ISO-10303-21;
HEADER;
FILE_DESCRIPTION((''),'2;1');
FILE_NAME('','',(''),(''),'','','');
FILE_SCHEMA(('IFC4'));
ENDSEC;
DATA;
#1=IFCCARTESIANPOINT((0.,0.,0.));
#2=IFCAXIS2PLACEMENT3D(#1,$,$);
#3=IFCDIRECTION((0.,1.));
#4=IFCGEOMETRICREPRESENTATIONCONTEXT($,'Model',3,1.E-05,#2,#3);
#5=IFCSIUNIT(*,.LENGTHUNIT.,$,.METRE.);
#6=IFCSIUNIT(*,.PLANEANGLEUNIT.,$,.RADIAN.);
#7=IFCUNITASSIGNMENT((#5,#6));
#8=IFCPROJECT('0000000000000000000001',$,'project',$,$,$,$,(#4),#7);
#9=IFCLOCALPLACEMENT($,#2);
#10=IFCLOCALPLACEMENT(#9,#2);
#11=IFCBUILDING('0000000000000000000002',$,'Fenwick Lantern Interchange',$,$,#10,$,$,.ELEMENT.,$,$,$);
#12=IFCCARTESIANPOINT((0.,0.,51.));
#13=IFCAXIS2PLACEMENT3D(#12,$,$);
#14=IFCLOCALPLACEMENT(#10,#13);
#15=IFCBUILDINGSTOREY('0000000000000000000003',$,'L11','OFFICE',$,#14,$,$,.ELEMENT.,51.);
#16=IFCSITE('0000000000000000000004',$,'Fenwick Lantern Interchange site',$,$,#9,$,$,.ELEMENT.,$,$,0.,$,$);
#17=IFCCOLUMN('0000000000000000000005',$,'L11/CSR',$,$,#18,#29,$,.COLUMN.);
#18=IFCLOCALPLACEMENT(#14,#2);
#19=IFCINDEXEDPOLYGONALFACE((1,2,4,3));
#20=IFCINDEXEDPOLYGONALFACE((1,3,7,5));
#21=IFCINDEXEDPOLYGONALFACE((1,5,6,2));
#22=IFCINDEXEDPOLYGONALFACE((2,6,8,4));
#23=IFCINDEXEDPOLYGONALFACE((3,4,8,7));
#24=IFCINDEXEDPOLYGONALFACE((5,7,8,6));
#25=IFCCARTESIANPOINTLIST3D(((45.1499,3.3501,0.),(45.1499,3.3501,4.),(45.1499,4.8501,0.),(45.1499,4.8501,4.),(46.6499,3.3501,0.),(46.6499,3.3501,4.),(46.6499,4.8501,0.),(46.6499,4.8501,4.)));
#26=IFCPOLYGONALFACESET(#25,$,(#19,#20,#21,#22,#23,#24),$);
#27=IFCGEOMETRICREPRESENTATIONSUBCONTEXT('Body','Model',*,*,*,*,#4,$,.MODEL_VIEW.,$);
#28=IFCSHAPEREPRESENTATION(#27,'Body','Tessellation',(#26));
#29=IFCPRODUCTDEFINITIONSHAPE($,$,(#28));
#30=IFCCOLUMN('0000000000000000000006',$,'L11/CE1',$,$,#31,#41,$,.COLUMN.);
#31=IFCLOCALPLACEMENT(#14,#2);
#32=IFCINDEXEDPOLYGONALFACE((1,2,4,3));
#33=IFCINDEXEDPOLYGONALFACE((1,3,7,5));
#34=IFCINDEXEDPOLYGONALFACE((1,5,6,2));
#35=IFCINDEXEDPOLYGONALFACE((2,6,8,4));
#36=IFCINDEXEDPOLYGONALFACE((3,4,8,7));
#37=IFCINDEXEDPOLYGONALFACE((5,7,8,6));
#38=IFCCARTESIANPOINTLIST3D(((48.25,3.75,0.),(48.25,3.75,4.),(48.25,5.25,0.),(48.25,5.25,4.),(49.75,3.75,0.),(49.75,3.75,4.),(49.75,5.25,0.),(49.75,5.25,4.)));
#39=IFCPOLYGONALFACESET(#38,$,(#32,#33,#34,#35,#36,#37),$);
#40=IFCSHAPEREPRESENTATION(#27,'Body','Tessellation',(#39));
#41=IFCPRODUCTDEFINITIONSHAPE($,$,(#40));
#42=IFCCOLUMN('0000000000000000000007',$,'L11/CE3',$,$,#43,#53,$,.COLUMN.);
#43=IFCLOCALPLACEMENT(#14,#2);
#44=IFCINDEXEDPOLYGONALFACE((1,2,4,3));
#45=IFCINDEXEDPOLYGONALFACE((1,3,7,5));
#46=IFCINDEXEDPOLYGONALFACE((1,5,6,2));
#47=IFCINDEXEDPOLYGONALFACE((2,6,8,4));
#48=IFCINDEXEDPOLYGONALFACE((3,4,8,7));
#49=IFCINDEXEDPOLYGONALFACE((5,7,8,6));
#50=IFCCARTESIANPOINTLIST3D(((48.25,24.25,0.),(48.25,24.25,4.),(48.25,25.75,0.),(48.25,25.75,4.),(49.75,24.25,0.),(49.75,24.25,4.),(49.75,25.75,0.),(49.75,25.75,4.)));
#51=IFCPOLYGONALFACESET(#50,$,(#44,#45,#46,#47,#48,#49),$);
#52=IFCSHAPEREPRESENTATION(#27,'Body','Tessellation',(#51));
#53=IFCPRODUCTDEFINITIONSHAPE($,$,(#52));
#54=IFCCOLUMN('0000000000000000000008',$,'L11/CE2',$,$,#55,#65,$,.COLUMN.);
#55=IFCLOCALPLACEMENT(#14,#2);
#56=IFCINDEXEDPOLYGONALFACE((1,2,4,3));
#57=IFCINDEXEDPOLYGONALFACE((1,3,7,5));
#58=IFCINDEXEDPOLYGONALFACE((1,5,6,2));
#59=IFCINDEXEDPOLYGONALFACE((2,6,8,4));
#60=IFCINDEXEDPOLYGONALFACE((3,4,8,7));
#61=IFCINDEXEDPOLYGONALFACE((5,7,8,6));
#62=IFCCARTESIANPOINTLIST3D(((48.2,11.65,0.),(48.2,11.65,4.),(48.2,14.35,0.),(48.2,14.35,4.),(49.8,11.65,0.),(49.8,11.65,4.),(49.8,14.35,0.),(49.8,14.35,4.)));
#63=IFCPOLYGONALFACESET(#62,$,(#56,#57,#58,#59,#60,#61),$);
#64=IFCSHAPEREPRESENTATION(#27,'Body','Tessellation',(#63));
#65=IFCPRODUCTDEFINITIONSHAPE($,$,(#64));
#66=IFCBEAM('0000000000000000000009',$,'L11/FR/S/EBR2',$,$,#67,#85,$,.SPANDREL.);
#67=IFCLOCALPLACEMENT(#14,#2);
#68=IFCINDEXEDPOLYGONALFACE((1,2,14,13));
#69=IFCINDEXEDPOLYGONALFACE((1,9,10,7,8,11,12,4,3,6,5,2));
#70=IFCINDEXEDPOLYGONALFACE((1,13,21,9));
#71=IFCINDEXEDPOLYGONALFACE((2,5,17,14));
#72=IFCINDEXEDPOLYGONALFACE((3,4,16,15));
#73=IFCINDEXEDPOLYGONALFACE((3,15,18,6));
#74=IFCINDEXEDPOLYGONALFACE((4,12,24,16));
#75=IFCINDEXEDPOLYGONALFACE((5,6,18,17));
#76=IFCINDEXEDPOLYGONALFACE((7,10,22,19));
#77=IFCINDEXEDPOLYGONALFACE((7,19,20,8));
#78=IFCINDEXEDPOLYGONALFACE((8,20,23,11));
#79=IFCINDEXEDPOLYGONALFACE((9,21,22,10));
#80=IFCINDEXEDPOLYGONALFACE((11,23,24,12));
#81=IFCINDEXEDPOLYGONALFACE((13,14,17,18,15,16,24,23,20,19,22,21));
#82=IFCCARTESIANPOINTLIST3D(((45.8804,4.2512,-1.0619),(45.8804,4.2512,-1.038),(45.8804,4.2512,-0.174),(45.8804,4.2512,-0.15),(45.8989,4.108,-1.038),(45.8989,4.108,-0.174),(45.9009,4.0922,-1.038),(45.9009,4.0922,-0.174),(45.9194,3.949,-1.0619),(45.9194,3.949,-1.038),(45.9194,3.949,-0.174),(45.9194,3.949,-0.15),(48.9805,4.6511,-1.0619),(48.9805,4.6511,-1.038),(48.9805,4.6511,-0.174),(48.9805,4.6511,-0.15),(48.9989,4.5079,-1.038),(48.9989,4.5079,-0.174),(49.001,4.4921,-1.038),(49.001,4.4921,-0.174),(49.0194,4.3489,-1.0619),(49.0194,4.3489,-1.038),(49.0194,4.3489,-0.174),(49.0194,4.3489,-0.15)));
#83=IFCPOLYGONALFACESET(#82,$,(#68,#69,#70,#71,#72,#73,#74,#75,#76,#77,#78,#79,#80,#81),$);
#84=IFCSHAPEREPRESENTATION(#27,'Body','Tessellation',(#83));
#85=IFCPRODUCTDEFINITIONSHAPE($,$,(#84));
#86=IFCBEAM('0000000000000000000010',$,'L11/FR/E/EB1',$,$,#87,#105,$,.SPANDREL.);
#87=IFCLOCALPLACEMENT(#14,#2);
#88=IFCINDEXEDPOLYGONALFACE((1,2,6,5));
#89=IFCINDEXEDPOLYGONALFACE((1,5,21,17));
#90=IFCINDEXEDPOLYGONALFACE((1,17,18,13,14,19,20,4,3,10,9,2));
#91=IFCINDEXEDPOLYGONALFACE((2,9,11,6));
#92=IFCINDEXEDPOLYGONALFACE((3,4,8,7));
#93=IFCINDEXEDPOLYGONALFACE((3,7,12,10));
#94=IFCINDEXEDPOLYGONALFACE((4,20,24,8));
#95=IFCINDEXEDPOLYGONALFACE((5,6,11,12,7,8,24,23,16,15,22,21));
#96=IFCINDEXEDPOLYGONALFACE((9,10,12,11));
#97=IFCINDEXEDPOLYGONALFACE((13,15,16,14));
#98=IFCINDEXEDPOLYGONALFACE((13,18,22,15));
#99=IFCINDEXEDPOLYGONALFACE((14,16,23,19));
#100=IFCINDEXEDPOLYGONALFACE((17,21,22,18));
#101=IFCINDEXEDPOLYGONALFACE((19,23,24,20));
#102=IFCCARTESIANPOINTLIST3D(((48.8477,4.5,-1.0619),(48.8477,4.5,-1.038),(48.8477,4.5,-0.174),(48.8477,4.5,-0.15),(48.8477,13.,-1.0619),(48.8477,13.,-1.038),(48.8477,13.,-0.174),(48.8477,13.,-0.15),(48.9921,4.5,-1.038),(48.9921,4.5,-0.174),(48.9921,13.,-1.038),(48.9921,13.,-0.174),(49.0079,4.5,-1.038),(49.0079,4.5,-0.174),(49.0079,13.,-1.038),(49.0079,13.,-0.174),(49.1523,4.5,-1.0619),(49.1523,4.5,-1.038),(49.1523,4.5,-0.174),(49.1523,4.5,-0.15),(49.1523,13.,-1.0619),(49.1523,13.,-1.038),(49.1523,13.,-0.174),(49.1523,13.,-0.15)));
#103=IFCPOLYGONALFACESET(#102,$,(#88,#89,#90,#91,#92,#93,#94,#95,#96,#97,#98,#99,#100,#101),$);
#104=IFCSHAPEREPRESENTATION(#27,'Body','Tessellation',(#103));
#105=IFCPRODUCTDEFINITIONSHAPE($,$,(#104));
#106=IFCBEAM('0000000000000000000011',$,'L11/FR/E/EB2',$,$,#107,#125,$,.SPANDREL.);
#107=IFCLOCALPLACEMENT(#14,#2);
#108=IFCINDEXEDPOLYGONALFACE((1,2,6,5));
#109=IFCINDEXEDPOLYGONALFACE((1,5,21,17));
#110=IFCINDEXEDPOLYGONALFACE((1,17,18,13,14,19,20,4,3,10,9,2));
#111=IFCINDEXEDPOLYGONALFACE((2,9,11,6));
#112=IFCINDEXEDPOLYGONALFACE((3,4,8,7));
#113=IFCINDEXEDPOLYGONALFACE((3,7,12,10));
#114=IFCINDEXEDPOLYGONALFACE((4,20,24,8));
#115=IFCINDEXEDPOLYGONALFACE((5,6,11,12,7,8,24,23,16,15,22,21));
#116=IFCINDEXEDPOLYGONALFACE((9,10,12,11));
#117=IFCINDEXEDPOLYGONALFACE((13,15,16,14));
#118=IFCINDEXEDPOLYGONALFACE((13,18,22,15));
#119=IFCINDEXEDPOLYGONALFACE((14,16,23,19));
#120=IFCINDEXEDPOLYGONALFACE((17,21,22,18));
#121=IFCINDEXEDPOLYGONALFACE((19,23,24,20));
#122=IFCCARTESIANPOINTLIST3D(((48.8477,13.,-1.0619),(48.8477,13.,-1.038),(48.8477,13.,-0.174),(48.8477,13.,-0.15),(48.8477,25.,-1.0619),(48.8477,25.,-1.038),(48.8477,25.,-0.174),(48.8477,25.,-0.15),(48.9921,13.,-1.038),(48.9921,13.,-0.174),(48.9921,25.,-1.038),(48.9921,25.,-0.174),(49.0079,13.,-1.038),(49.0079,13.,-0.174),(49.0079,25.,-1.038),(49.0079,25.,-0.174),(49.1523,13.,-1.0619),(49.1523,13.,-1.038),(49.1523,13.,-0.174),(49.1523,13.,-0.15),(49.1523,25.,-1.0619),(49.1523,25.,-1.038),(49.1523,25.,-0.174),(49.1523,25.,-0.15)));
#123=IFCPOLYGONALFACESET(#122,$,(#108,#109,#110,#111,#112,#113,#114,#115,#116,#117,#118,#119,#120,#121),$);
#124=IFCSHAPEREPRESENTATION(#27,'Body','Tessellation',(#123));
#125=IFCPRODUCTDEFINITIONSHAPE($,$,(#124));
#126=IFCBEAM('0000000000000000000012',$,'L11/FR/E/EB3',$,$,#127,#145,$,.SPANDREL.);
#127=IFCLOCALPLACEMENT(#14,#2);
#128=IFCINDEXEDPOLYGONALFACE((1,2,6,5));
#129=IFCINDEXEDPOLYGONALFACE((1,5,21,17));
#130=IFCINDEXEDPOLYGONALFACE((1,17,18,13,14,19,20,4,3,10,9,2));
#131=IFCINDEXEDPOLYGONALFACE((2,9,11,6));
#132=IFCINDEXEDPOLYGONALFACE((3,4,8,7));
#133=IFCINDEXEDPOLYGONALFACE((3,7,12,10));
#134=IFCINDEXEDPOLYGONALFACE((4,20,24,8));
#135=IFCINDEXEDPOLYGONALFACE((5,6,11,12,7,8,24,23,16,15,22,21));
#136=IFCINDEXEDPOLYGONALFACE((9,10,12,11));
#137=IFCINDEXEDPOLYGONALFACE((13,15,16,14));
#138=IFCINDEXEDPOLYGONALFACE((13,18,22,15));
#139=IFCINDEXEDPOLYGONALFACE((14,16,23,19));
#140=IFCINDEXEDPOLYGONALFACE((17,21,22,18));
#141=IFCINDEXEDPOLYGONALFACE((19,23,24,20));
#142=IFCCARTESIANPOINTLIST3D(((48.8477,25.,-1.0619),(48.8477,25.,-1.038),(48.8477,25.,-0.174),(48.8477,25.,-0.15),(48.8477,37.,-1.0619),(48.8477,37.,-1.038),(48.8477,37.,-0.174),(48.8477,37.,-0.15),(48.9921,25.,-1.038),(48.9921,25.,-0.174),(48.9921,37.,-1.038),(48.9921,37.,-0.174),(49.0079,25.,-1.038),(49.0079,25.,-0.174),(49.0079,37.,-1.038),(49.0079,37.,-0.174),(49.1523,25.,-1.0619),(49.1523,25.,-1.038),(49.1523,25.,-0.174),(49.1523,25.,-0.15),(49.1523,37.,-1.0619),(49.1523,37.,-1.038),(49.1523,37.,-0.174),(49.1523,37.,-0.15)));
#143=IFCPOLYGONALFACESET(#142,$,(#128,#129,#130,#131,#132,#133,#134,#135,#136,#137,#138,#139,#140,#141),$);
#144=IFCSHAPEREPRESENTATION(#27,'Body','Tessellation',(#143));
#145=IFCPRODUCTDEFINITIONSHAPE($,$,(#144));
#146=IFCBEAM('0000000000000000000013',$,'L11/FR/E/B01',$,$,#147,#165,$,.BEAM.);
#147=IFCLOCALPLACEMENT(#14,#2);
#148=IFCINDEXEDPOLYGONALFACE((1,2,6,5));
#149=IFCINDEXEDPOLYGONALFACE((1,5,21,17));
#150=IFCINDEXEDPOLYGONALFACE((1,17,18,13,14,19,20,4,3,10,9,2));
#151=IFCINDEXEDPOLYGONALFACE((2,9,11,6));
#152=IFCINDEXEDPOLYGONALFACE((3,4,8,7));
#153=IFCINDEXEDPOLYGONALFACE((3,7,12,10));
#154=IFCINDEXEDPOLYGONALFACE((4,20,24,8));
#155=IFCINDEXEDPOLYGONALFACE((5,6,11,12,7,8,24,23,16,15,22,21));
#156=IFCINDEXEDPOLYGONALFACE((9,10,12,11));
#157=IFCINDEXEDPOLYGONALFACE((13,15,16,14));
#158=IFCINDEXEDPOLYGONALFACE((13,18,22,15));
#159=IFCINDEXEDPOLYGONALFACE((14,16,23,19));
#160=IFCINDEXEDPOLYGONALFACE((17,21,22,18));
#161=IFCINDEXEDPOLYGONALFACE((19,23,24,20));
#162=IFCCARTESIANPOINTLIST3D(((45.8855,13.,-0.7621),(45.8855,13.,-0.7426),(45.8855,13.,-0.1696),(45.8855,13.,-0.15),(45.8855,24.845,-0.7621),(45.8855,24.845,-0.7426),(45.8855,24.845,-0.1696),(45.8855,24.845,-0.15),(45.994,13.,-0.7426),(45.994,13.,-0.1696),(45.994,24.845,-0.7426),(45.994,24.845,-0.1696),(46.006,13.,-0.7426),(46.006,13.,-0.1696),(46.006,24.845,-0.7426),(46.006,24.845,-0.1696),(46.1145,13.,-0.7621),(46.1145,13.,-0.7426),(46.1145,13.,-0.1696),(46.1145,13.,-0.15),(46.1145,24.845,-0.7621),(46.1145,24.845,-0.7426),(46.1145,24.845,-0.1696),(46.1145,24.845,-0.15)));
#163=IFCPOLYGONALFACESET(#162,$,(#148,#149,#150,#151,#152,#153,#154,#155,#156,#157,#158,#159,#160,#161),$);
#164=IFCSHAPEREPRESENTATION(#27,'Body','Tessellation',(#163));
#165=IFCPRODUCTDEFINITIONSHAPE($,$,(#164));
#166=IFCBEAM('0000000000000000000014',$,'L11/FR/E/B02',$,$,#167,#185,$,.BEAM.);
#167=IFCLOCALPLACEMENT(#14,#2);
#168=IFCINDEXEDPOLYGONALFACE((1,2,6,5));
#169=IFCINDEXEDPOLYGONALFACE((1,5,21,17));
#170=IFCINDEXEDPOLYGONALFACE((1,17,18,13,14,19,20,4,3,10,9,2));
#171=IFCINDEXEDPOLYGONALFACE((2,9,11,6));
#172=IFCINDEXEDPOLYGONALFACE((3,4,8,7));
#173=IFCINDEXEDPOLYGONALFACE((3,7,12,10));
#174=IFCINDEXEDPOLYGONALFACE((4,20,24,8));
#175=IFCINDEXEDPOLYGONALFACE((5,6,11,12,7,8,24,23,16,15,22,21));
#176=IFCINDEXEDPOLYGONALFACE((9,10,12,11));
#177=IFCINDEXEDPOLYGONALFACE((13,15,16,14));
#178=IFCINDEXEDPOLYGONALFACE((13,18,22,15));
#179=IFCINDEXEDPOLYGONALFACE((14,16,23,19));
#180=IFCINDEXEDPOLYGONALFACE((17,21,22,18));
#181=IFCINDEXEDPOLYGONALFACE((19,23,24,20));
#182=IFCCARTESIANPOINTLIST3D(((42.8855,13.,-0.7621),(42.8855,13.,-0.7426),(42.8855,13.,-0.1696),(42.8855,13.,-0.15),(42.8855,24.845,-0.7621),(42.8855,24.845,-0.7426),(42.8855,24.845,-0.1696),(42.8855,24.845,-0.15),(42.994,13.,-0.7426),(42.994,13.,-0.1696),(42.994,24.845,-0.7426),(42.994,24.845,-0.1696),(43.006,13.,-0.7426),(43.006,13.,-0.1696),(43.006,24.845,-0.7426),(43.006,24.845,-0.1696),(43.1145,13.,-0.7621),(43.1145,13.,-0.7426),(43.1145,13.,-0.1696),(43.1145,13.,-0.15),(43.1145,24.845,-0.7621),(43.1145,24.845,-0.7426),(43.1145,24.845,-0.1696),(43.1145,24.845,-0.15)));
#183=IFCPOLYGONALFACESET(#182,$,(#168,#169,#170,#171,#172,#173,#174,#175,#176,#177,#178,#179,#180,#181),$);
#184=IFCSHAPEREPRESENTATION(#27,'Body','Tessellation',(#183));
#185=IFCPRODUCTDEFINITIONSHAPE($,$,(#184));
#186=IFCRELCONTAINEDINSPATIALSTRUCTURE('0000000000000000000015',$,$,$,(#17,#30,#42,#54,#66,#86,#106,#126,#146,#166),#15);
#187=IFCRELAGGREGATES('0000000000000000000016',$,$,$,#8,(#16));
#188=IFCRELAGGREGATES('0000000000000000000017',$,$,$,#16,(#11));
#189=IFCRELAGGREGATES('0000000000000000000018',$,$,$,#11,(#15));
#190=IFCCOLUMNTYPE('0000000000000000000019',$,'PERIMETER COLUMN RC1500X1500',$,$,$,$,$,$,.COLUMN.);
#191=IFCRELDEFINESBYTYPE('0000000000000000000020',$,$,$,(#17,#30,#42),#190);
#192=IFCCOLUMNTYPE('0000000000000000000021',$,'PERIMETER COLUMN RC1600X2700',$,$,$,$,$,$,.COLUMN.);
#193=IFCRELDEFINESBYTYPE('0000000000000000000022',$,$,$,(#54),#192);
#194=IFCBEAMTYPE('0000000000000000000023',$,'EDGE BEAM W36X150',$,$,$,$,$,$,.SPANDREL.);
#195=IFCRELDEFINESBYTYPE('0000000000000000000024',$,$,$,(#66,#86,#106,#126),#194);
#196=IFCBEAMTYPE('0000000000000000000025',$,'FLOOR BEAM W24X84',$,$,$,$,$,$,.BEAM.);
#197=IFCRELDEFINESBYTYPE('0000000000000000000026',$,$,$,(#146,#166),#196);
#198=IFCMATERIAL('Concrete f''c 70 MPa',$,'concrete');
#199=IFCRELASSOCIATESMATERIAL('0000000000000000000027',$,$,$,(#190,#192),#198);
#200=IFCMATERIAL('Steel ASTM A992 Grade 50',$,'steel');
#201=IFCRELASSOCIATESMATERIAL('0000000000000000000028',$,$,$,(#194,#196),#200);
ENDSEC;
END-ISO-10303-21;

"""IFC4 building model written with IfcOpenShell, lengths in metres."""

from ifc_helpers import new_model, si_unit, direction, frame, origin, origin_2d, place, context, subcontext, project, spatial, rectangle, i_section, extrude, material, material_profile, profile_set, type_object, element, save


model = new_model("IFC4")

# Units and contexts
model_context = context("Model", 3, precision=1e-05, world=origin(), true_north=direction((0.0, 1.0)))
body_context = subcontext(model_context, "Body", "Model", "MODEL_VIEW")
ifc_project = project(units=[si_unit("LENGTHUNIT", "METRE"), si_unit("PLANEANGLEUNIT", "RADIAN")], contexts=[model_context])

# Site, building, storey
site_placement = place(None, origin())
site = spatial("IfcSite", under=ifc_project, at=site_placement, Name="Fenwick Lantern Interchange site", CompositionType="ELEMENT", RefElevation=0.0)
building_placement = place(site_placement, origin())
building = spatial("IfcBuilding", under=site, at=building_placement, Name="Fenwick Lantern Interchange", CompositionType="ELEMENT")
storey_placement = place(building_placement, frame((0.0, 0.0, 51.0)))
storey = spatial("IfcBuildingStorey", under=building, at=storey_placement, Name="L11", Description="OFFICE", CompositionType="ELEMENT", Elevation=51.0)

# Columns
ifc_material_1 = material(Name="Concrete f'c 70 MPa", Category="concrete")
ifc_material_profile_1 = material_profile(ifc_material_1, rectangle(XDim=1.5, YDim=1.5, at=origin_2d()), Name="RC1500X1500")
ifc_profile_set_1 = profile_set([ifc_material_profile_1], Name="Concrete f'c 70 MPa")
column_type_1 = type_object("IfcColumnType", Name="PERIMETER COLUMN RC1500X1500", PredefinedType="COLUMN", material=ifc_profile_set_1)
for number, where, z_axis, x_axis, name in (
    (1, (45.8999, 4.1001, 0.0), (0.0, 0.0, 1.0), (1.0, 0.0, 0.0), "L11/CSR"),
    (2, (49.0, 4.5, 0.0), (0.0, 0.0, 1.0), (1.0, 0.0, 0.0), "L11/CE1"),
    (3, (49.0, 25.0, 0.0), (0.0, 0.0, 1.0), (1.0, 0.0, 0.0), "L11/CE3"),
):
    element("IfcColumn", number, at=place(storey_placement, frame(where, z_axis=z_axis, x_axis=x_axis)), inside=storey, type_object=column_type_1, Name=name, PredefinedType="COLUMN", context=body_context, shape_type="SweptSolid", body=[
        extrude(rectangle(XDim=1.5, YDim=1.5, at=origin_2d()), origin(), (0.0, 0.0, 1.0), 4.0),
    ])
ifc_material_profile_2 = material_profile(ifc_material_1, rectangle(XDim=1.6001, YDim=2.7, at=origin_2d()), Name="RC1600X2700")
ifc_profile_set_2 = profile_set([ifc_material_profile_2], Name="Concrete f'c 70 MPa")
column_type_2 = type_object("IfcColumnType", Name="PERIMETER COLUMN RC1600X2700", PredefinedType="COLUMN", material=ifc_profile_set_2)
column_placement = place(storey_placement, frame((49.0, 13.0, 0.0), z_axis=(0.0, 0.0, 1.0), x_axis=(1.0, 0.0, 0.0)))
element("IfcColumn", 4, at=column_placement, inside=storey, type_object=column_type_2, Name="L11/CE2", PredefinedType="COLUMN", context=body_context, shape_type="SweptSolid", body=[
    extrude(rectangle(XDim=1.6001, YDim=2.7, at=origin_2d()), origin(), (0.0, 0.0, 1.0), 4.0),
])

# Beams
ifc_material_2 = material(Name="Steel ASTM A992 Grade 50", Category="steel")
ifc_material_profile_3 = material_profile(ifc_material_2, i_section(OverallWidth=0.3047, OverallDepth=0.9119, WebThickness=0.0159, FlangeThickness=0.0239, at=origin_2d()), Name="W36X150")
ifc_profile_set_3 = profile_set([ifc_material_profile_3], Name="Steel ASTM A992 Grade 50")
beam_type_1 = type_object("IfcBeamType", Name="EDGE BEAM W36X150", PredefinedType="SPANDREL", material=ifc_profile_set_3)
beam_1_placement = place(storey_placement, frame((45.8999, 4.1001, -0.606), z_axis=(0.991782, 0.127937, 0.0), x_axis=(-0.127937, 0.991782, 0.0)))
element("IfcBeam", 5, at=beam_1_placement, inside=storey, type_object=beam_type_1, Name="L11/FR/S/EBR2", PredefinedType="SPANDREL", context=body_context, shape_type="SweptSolid", body=[
    extrude(i_section(OverallWidth=0.3047, OverallDepth=0.9119, WebThickness=0.0159, FlangeThickness=0.0239, at=origin_2d()), origin(), (0.0, 0.0, 1.0), 3.1257),
])
beam_2_placement = place(storey_placement, frame((49.0, 4.5, -0.606), z_axis=(0.0, 1.0, 0.0), x_axis=(-1.0, 0.0, 0.0)))
element("IfcBeam", 6, at=beam_2_placement, inside=storey, type_object=beam_type_1, Name="L11/FR/E/EB1", PredefinedType="SPANDREL", context=body_context, shape_type="SweptSolid", body=[
    extrude(i_section(OverallWidth=0.3047, OverallDepth=0.9119, WebThickness=0.0159, FlangeThickness=0.0239, at=origin_2d()), origin(), (0.0, 0.0, 1.0), 8.5),
])
for number, where, z_axis, x_axis, name in (
    (7, (49.0, 13.0, -0.606), (0.0, 1.0, 0.0), (-1.0, 0.0, 0.0), "L11/FR/E/EB2"),
    (8, (49.0, 25.0, -0.606), (0.0, 1.0, 0.0), (-1.0, 0.0, 0.0), "L11/FR/E/EB3"),
):
    element("IfcBeam", number, at=place(storey_placement, frame(where, z_axis=z_axis, x_axis=x_axis)), inside=storey, type_object=beam_type_1, Name=name, PredefinedType="SPANDREL", context=body_context, shape_type="SweptSolid", body=[
        extrude(i_section(OverallWidth=0.3047, OverallDepth=0.9119, WebThickness=0.0159, FlangeThickness=0.0239, at=origin_2d()), origin(), (0.0, 0.0, 1.0), 12.0),
    ])
ifc_material_profile_4 = material_profile(ifc_material_2, i_section(OverallWidth=0.229, OverallDepth=0.6121, WebThickness=0.012, FlangeThickness=0.0195, at=origin_2d()), Name="W24X84")
ifc_profile_set_4 = profile_set([ifc_material_profile_4], Name="Steel ASTM A992 Grade 50")
beam_type_2 = type_object("IfcBeamType", Name="FLOOR BEAM W24X84", PredefinedType="BEAM", material=ifc_profile_set_4)
for number, where, z_axis, x_axis, name in (
    (9, (46.0, 13.0, -0.4561), (0.0, 1.0, 0.0), (-1.0, 0.0, 0.0), "L11/FR/E/B01"),
    (10, (43.0, 13.0, -0.4561), (0.0, 1.0, 0.0), (-1.0, 0.0, 0.0), "L11/FR/E/B02"),
):
    element("IfcBeam", number, at=place(storey_placement, frame(where, z_axis=z_axis, x_axis=x_axis)), inside=storey, type_object=beam_type_2, Name=name, PredefinedType="BEAM", context=body_context, shape_type="SweptSolid", body=[
        extrude(i_section(OverallWidth=0.229, OverallDepth=0.6121, WebThickness=0.012, FlangeThickness=0.0195, at=origin_2d()), origin(), (0.0, 0.0, 1.0), 11.845),
    ])

save(model, "model.ifc")
